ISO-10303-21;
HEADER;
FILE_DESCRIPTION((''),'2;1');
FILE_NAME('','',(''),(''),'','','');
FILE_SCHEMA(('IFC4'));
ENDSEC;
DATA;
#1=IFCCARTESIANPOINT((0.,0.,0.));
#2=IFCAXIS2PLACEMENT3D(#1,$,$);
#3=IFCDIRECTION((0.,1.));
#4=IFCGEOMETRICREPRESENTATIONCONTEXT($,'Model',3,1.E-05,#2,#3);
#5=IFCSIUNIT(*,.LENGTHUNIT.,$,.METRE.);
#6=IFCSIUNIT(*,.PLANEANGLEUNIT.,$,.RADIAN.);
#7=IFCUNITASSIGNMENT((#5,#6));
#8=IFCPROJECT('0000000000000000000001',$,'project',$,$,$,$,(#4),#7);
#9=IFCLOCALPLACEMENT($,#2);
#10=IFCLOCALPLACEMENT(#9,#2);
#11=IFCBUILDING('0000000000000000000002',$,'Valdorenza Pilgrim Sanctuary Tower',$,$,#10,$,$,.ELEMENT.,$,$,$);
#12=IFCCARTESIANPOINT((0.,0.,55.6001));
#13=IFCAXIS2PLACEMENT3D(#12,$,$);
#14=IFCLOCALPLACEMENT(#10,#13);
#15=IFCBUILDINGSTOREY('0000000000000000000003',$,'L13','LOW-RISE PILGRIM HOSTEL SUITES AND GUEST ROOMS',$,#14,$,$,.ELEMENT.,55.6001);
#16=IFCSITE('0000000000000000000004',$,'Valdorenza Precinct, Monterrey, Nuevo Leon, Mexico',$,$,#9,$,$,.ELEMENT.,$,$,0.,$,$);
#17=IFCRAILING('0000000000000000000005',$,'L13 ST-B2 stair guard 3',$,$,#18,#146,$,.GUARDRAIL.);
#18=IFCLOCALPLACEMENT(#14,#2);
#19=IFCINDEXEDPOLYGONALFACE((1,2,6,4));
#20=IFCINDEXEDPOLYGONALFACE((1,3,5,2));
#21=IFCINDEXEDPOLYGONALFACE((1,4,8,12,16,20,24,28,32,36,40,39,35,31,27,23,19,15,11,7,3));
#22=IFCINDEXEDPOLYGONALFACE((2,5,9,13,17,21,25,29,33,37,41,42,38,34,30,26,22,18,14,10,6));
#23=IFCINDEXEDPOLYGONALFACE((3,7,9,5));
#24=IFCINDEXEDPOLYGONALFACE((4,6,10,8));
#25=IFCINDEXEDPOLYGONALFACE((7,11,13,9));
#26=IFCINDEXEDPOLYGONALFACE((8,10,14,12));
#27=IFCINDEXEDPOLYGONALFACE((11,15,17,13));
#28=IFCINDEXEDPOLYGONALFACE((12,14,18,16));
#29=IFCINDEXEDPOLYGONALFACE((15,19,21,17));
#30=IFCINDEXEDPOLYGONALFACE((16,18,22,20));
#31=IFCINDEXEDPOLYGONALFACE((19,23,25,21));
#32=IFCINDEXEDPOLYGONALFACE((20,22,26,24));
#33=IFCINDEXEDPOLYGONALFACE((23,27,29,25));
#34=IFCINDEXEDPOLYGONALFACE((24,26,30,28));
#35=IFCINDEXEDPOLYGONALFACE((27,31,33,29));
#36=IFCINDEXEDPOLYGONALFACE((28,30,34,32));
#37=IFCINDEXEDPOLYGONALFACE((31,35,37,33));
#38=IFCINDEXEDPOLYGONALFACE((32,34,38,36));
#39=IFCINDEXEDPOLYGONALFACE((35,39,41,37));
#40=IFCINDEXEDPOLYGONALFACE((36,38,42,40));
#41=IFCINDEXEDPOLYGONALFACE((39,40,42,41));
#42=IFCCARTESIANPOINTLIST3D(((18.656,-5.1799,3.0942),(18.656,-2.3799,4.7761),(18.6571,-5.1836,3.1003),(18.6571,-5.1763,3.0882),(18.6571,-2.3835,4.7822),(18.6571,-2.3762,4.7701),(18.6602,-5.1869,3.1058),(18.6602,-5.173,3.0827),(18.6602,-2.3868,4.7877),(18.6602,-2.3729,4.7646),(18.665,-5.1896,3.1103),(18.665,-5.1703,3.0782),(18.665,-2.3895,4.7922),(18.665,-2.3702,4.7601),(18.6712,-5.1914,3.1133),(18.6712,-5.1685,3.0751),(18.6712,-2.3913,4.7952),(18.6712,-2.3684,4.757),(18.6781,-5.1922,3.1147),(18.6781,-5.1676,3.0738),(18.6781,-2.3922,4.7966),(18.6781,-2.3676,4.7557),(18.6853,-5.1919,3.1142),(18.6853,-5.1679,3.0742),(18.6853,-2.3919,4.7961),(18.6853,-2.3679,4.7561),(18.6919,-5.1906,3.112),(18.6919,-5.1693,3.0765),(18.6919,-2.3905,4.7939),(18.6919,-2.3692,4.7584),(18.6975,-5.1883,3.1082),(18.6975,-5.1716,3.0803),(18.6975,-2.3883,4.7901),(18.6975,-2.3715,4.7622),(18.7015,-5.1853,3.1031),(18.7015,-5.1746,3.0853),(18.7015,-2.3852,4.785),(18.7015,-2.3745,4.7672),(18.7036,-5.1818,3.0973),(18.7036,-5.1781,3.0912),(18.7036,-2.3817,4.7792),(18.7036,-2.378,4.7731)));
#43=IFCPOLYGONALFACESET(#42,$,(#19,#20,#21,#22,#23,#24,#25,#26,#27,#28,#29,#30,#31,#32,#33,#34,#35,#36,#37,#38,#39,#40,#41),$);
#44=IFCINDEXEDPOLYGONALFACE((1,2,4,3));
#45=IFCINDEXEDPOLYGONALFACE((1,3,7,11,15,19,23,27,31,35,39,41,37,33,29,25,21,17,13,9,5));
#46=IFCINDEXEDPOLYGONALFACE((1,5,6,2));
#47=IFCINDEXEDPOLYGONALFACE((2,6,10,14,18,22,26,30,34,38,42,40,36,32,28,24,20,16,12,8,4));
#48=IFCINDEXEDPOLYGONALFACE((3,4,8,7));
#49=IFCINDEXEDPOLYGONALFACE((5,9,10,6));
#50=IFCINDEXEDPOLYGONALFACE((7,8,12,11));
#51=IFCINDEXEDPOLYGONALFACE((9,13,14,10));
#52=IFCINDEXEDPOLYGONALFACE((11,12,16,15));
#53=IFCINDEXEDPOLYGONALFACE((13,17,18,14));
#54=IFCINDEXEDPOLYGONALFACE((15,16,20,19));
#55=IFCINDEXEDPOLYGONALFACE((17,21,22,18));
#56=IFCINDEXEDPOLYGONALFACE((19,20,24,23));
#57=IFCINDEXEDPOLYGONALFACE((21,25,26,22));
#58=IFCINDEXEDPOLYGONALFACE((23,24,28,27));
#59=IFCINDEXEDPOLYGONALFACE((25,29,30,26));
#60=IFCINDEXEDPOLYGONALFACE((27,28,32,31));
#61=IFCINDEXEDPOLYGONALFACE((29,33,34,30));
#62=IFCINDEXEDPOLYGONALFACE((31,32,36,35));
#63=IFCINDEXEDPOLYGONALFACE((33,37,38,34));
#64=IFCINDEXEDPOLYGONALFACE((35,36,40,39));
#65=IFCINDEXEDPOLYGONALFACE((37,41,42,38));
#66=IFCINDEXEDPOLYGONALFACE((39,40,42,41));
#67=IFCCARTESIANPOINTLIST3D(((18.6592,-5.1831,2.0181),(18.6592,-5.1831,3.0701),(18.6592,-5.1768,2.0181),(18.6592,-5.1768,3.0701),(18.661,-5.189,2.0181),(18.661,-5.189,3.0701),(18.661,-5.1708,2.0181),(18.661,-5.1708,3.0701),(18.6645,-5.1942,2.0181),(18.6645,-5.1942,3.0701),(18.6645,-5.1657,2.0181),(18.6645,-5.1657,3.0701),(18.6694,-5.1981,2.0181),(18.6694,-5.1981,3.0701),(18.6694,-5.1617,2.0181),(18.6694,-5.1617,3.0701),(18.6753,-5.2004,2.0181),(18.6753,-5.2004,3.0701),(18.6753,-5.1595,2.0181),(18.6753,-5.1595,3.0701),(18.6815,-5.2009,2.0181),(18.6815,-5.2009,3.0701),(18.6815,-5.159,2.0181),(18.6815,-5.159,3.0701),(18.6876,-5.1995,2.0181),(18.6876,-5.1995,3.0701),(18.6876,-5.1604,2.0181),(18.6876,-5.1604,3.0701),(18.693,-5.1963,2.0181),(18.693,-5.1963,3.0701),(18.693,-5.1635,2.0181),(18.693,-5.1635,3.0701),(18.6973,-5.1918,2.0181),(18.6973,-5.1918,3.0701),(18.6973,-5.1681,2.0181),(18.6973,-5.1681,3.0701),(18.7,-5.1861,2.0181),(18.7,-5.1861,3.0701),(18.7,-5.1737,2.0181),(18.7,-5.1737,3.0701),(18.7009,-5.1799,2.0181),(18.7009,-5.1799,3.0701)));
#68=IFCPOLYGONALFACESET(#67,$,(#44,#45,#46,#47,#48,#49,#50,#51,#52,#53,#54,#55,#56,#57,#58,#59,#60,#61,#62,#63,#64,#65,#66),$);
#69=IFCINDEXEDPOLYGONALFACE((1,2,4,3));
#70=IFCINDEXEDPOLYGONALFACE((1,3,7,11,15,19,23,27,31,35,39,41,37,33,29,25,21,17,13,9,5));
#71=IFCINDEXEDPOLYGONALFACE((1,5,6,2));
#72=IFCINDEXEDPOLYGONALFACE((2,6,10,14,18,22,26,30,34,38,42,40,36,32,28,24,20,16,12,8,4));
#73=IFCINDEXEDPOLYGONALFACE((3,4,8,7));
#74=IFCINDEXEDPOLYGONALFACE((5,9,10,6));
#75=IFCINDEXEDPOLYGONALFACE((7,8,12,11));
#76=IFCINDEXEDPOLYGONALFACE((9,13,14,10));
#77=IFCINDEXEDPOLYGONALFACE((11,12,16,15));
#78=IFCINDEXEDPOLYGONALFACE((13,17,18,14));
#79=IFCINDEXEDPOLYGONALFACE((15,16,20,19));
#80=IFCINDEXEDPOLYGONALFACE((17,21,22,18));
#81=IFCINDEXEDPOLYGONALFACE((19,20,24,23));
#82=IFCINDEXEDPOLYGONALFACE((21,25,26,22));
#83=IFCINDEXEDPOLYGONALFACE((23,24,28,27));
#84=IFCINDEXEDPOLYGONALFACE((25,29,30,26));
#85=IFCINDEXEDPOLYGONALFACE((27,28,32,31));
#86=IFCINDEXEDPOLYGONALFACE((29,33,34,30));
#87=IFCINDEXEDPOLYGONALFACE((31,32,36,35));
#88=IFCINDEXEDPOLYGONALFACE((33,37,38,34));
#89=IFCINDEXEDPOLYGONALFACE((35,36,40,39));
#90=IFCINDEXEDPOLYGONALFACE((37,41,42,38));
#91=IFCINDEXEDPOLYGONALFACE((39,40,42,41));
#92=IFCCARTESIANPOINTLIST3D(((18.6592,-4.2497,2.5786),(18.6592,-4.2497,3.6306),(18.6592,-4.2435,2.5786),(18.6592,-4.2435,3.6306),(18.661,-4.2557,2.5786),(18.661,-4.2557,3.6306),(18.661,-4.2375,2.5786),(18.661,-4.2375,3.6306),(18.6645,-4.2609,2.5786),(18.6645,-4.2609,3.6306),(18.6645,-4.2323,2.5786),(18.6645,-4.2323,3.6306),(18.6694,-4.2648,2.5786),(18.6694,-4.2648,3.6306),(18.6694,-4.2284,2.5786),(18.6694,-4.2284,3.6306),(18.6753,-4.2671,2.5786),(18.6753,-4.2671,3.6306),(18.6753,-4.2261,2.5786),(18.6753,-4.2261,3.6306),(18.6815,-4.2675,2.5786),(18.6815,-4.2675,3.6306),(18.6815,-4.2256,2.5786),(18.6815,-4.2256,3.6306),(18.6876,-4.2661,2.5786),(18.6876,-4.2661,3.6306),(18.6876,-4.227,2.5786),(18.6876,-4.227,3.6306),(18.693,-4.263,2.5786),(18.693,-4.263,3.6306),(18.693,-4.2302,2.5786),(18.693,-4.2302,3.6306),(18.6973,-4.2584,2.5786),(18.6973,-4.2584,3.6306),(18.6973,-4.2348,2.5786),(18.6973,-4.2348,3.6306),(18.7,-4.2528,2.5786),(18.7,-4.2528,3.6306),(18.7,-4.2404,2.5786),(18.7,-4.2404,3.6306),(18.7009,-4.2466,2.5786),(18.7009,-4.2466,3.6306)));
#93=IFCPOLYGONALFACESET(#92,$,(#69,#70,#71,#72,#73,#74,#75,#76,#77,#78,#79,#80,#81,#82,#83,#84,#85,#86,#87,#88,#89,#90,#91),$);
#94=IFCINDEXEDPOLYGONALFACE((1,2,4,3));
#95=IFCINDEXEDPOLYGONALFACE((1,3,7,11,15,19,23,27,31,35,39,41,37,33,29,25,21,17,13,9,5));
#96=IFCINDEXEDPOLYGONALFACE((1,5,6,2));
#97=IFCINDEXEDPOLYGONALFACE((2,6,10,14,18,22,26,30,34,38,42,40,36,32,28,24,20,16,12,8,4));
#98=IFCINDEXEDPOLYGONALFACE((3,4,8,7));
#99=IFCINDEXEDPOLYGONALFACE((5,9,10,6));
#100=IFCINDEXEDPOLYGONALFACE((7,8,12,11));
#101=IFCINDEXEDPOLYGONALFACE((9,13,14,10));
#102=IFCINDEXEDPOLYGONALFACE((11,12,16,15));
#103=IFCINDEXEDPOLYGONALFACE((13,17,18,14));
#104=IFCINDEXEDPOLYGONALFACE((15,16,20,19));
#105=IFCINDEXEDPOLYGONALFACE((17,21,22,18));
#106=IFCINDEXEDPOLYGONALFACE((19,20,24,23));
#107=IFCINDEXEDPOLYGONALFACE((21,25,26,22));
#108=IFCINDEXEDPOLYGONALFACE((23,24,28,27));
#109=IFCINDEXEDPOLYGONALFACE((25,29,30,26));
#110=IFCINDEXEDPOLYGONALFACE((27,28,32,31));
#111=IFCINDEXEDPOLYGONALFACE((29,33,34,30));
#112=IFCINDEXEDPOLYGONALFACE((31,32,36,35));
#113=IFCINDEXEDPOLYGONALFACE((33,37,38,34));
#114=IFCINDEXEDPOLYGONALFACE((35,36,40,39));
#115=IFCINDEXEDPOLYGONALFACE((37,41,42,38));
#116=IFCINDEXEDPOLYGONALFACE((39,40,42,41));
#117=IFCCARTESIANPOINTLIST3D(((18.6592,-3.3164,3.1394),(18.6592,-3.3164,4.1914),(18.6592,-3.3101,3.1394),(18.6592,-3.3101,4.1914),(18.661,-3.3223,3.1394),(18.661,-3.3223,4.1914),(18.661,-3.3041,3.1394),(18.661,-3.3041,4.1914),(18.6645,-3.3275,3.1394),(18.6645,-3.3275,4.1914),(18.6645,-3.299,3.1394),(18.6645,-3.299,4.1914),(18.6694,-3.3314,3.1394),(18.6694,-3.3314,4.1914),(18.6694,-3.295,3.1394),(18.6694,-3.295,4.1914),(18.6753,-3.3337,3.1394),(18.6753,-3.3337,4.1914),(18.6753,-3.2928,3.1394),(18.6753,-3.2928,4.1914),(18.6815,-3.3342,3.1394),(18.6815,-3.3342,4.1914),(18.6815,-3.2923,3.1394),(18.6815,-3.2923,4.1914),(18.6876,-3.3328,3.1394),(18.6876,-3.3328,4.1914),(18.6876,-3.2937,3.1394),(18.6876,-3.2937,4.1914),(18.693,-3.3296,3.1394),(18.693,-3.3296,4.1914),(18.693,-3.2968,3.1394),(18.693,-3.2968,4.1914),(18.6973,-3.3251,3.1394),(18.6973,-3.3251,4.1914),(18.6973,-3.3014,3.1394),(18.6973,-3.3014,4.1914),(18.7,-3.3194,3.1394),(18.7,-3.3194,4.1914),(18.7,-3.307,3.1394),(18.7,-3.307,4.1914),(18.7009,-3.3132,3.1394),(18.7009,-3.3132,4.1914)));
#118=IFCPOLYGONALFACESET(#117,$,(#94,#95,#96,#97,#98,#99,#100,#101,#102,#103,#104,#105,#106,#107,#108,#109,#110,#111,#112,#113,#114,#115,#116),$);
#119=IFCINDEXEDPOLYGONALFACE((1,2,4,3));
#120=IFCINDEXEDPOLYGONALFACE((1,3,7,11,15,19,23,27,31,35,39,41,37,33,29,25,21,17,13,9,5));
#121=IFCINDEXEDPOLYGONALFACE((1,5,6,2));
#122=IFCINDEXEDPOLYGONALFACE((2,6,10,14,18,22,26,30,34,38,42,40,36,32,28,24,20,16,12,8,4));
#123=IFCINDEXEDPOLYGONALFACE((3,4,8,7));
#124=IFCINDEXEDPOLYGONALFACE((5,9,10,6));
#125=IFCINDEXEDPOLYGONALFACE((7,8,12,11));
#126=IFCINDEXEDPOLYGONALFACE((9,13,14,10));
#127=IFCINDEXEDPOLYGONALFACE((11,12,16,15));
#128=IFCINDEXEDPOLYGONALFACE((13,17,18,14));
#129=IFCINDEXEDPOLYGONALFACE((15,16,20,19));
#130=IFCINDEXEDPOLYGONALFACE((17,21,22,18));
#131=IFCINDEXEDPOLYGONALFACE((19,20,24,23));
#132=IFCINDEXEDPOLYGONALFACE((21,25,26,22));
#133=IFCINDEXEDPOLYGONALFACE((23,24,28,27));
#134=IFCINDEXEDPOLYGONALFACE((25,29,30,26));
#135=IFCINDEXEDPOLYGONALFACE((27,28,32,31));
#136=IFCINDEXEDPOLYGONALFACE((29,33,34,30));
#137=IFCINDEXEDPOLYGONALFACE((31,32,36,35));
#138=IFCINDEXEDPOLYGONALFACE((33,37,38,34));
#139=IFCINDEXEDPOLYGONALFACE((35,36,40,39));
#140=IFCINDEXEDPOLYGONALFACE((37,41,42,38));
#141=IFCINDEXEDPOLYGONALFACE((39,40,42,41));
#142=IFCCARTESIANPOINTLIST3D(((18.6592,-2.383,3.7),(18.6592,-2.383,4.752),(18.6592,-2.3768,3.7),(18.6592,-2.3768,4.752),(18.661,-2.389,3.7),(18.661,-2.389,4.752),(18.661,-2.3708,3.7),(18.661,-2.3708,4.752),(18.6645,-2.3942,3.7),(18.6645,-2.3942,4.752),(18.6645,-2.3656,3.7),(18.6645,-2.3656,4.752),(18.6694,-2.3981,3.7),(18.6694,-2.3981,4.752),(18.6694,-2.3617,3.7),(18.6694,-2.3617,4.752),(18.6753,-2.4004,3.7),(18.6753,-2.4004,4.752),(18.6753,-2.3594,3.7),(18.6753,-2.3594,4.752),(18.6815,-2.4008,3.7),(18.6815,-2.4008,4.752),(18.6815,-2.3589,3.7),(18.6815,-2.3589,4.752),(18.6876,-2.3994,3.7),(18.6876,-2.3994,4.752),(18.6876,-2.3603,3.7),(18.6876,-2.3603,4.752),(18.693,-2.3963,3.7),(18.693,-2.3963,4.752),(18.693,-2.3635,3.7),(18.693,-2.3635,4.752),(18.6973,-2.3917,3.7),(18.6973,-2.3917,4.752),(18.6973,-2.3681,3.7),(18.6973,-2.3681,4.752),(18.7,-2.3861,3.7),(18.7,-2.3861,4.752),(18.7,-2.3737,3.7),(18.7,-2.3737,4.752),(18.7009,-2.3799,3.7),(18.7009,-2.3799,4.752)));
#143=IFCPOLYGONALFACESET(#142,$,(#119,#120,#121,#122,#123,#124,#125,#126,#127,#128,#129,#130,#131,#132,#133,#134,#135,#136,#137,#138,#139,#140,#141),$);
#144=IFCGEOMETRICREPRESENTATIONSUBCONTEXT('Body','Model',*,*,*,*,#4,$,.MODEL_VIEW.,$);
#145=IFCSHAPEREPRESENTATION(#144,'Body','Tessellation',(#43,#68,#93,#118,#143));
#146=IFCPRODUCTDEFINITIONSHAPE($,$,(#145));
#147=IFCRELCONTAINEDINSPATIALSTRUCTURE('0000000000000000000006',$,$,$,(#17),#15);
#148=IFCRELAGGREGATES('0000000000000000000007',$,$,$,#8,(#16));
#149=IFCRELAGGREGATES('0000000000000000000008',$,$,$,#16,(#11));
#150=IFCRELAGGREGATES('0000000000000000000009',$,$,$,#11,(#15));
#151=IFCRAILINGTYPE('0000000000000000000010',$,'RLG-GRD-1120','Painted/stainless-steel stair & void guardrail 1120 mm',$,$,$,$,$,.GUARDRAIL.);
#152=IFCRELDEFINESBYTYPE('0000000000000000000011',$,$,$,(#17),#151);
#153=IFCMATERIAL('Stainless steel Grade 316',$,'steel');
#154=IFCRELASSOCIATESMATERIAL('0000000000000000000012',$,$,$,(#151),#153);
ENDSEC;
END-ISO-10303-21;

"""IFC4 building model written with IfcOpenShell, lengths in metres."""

from ifc_helpers import new_model, si_unit, direction, frame, origin, origin_2d, place, context, subcontext, project, spatial, circle, extrude, material, type_object, element, save


model = new_model("IFC4")

# Units and contexts
model_context = context("Model", 3, precision=1e-05, world=origin(), true_north=direction((0.0, 1.0)))
body_context = subcontext(model_context, "Body", "Model", "MODEL_VIEW")
ifc_project = project(units=[si_unit("LENGTHUNIT", "METRE"), si_unit("PLANEANGLEUNIT", "RADIAN")], contexts=[model_context])

# Site, building, storey
site_placement = place(None, origin())
site = spatial("IfcSite", under=ifc_project, at=site_placement, Name="Valdorenza Precinct, Monterrey, Nuevo Leon, Mexico", CompositionType="ELEMENT", RefElevation=0.0)
building_placement = place(site_placement, origin())
building = spatial("IfcBuilding", under=site, at=building_placement, Name="Valdorenza Pilgrim Sanctuary Tower", CompositionType="ELEMENT")
storey_placement = place(building_placement, frame((0.0, 0.0, 55.6001)))
storey = spatial("IfcBuildingStorey", under=building, at=storey_placement, Name="L13", Description="LOW-RISE PILGRIM HOSTEL SUITES AND GUEST ROOMS", CompositionType="ELEMENT", Elevation=55.6001)

# Railing
ifc_material_1 = material(Name="Stainless steel Grade 316", Category="steel")
railing_type_1 = type_object("IfcRailingType", Name="RLG-GRD-1120", Description="Painted/stainless-steel stair & void guardrail 1120 mm", PredefinedType="GUARDRAIL", material=ifc_material_1)
railing_1_placement = place(storey_placement, frame((18.6799, -5.1799, 2.0181)))
element("IfcRailing", 1, at=railing_1_placement, inside=storey, type_object=railing_type_1, Name="L13 ST-B2 stair guard 3", PredefinedType="GUARDRAIL", context=body_context, shape_type="SweptSolid", body=[
    extrude(circle(Radius=0.0239, at=origin_2d()), frame((0.0, 0.0, 1.0762), z_axis=(0.0, 0.857242, 0.514913), x_axis=(-1.0, 0.0, 0.0)), (0.0, 0.0, 1.0), 3.2664),
    extrude(circle(Radius=0.021, at=origin_2d()), origin(), (0.0, 0.0, 1.0), 1.052),
    extrude(circle(Radius=0.021, at=origin_2d()), frame((0.0, 0.9333, 0.5605)), (0.0, 0.0, 1.0), 1.052),
    extrude(circle(Radius=0.021, at=origin_2d()), frame((0.0, 1.8667, 1.1213)), (0.0, 0.0, 1.0), 1.052),
    extrude(circle(Radius=0.021, at=origin_2d()), frame((0.0, 2.8, 1.6819)), (0.0, 0.0, 1.0), 1.052),
])

save(model, "model.ifc")
